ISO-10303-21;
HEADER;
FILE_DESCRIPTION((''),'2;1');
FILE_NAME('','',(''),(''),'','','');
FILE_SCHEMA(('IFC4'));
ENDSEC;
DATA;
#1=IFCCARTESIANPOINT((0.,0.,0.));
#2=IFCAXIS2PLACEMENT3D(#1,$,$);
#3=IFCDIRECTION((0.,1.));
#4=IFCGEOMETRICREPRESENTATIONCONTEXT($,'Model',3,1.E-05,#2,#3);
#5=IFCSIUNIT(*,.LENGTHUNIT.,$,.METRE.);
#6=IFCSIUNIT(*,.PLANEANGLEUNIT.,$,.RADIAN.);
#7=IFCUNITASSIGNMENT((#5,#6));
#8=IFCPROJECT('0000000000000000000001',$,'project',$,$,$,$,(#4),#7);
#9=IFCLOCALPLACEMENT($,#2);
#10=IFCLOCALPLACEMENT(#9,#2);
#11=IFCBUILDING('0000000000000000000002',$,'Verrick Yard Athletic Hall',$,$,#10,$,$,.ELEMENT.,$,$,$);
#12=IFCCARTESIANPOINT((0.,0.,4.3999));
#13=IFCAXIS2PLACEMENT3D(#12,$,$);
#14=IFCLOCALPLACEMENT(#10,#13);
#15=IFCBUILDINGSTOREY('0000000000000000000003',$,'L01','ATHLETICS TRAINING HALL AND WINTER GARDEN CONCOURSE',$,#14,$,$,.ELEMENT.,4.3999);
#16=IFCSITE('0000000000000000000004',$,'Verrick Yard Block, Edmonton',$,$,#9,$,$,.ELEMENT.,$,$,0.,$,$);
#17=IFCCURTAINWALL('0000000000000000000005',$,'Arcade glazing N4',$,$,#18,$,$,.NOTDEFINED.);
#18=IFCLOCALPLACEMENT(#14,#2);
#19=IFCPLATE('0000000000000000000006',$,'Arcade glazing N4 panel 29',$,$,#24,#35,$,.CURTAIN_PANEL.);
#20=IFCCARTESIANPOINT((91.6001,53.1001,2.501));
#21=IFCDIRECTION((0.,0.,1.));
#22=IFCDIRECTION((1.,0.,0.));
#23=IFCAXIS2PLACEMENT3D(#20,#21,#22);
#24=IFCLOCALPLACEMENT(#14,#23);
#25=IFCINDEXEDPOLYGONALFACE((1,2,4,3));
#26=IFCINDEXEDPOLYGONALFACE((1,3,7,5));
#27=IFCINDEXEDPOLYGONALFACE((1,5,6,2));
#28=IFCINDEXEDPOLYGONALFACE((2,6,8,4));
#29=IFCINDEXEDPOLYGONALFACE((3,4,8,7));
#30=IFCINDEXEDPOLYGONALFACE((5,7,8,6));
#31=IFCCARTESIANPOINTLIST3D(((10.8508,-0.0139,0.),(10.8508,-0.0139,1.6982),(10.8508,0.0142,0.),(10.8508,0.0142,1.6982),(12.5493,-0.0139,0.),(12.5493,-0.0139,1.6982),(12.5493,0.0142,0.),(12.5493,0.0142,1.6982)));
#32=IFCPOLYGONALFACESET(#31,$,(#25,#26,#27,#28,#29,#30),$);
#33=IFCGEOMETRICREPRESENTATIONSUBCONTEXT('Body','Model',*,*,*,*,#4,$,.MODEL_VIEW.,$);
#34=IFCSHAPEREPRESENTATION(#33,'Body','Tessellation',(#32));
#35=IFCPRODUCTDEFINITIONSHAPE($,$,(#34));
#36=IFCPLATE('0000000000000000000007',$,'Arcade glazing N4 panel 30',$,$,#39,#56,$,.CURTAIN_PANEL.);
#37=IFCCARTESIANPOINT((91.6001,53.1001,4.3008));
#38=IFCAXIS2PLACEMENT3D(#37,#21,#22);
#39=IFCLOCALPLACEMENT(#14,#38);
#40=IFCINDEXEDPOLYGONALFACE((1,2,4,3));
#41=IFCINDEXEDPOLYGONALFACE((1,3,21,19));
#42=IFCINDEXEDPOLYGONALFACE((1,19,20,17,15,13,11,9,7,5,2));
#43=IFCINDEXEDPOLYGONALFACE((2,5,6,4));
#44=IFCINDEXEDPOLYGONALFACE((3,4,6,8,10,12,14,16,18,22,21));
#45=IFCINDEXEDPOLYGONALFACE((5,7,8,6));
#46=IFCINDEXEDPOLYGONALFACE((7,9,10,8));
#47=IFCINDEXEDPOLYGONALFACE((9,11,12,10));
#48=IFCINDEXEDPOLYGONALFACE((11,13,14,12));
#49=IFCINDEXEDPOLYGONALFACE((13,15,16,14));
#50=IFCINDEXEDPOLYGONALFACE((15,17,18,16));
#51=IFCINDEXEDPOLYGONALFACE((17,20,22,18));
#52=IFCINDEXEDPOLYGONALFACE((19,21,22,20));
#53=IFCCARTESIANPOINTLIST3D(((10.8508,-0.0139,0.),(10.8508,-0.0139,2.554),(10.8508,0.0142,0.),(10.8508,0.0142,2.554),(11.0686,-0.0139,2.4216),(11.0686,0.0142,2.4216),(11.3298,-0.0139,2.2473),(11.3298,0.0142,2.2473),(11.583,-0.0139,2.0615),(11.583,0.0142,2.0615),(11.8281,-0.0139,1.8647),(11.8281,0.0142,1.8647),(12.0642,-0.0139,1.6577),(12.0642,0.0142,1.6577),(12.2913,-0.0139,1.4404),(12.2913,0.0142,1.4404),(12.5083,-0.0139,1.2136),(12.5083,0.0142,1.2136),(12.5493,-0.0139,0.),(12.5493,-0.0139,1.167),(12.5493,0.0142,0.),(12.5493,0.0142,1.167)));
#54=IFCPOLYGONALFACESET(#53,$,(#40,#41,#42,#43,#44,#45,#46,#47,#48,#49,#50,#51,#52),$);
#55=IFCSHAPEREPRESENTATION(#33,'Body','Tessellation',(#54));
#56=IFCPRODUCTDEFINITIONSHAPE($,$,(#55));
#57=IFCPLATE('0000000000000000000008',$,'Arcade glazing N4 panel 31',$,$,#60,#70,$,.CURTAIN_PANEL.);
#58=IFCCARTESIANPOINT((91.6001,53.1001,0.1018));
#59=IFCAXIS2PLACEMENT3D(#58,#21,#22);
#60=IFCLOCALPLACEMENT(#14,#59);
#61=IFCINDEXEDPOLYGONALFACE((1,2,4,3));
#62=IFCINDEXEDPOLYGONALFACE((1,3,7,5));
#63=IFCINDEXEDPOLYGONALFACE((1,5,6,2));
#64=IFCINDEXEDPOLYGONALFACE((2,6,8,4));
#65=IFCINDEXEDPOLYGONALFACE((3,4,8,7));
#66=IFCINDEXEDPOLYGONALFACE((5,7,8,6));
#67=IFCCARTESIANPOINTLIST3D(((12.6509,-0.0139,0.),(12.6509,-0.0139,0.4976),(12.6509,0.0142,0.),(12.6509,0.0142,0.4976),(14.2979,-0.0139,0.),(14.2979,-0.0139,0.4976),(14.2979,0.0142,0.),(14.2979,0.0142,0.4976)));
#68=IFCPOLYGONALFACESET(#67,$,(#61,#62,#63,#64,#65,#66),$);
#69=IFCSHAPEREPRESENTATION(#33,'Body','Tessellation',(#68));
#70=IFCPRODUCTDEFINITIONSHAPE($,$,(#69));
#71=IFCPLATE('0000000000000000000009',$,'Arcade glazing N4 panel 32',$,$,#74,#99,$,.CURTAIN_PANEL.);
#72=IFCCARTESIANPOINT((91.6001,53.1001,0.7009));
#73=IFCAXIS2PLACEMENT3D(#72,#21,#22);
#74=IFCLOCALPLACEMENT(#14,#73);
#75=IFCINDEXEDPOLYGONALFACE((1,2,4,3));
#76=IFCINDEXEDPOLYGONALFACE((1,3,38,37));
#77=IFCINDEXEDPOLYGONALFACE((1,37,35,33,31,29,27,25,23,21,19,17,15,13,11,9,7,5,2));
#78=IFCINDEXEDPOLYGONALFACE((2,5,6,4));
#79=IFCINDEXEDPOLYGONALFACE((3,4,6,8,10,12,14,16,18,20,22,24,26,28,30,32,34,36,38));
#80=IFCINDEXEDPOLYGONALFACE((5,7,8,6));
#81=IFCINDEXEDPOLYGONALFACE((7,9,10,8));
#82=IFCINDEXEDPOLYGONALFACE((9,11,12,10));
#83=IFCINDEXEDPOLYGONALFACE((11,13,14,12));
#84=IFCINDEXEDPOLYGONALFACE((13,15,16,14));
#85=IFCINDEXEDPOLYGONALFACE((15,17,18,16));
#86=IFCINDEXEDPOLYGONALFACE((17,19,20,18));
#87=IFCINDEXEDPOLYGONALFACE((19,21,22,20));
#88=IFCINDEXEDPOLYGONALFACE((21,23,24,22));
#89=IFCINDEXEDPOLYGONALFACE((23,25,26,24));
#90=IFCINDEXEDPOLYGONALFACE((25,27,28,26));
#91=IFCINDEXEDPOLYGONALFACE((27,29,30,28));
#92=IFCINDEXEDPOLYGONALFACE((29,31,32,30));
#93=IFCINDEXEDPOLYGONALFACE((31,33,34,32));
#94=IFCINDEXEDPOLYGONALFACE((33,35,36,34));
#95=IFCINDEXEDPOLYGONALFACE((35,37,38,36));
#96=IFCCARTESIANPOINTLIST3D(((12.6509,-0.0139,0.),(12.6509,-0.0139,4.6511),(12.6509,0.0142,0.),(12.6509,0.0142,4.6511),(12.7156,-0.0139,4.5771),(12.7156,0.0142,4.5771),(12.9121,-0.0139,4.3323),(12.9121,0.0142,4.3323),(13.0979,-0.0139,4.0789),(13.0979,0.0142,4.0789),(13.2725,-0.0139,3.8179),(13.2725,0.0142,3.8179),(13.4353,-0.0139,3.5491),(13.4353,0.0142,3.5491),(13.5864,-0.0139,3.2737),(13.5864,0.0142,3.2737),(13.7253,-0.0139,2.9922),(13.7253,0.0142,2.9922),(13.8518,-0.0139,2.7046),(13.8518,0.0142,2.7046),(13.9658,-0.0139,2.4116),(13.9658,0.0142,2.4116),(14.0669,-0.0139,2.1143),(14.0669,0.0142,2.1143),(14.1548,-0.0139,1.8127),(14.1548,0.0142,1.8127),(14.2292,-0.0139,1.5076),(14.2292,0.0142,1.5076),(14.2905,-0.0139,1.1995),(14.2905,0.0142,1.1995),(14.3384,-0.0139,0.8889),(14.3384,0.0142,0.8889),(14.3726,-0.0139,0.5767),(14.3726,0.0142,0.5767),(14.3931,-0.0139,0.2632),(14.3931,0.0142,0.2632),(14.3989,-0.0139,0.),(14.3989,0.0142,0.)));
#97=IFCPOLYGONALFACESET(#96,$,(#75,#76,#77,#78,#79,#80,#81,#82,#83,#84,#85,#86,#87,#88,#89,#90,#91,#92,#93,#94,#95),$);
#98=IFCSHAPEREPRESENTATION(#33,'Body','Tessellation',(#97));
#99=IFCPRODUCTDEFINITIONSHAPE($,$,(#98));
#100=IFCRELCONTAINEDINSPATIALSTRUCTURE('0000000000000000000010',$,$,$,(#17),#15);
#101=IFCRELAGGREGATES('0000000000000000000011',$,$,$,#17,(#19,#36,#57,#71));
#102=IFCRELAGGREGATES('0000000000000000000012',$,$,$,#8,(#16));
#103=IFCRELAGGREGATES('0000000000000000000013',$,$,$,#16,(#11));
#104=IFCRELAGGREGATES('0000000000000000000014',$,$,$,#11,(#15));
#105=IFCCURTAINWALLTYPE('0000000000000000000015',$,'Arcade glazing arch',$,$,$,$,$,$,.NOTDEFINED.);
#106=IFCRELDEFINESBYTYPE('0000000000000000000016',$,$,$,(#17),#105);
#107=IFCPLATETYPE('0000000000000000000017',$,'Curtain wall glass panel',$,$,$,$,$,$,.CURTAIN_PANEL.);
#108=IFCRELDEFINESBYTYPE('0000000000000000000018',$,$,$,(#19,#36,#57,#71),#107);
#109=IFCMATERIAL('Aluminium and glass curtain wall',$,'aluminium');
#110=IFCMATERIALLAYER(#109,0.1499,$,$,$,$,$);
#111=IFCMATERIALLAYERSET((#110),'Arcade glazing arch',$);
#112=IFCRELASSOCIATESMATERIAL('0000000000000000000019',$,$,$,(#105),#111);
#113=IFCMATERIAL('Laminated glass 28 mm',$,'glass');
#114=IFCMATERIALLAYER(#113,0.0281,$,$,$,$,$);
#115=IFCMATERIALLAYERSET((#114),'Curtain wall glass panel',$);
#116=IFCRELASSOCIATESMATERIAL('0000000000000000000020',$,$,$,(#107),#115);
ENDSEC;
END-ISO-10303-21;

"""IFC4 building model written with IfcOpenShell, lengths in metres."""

from ifc_helpers import new_model, si_unit, direction, frame, origin, place, context, subcontext, project, spatial, polyline, outline, extrude, material, layer, layer_set, type_object, element, aggregate, save


model = new_model("IFC4")

# Units and contexts
model_context = context("Model", 3, precision=1e-05, world=origin(), true_north=direction((0.0, 1.0)))
body_context = subcontext(model_context, "Body", "Model", "MODEL_VIEW")
ifc_project = project(units=[si_unit("LENGTHUNIT", "METRE"), si_unit("PLANEANGLEUNIT", "RADIAN")], contexts=[model_context])

# Site, building, storey
site_placement = place(None, origin())
site = spatial("IfcSite", under=ifc_project, at=site_placement, Name="Verrick Yard Block, Edmonton", CompositionType="ELEMENT", RefElevation=0.0)
building_placement = place(site_placement, origin())
building = spatial("IfcBuilding", under=site, at=building_placement, Name="Verrick Yard Athletic Hall", CompositionType="ELEMENT")
storey_placement = place(building_placement, frame((0.0, 0.0, 4.3999)))
storey = spatial("IfcBuildingStorey", under=building, at=storey_placement, Name="L01", Description="ATHLETICS TRAINING HALL AND WINTER GARDEN CONCOURSE", CompositionType="ELEMENT", Elevation=4.3999)

# Curtain wall, plates
ifc_material_1 = material(Name="Aluminium and glass curtain wall", Category="aluminium")
ifc_layer_1 = layer(ifc_material_1, 0.1499)
ifc_layer_set_1 = layer_set([ifc_layer_1], Name="Arcade glazing arch")
curtain_wall_type = type_object("IfcCurtainWallType", Name="Arcade glazing arch", PredefinedType="NOTDEFINED", material=ifc_layer_set_1)
curtain_wall_placement = place(storey_placement, origin())
curtain_wall = element("IfcCurtainWall", 1, at=curtain_wall_placement, inside=storey, type_object=curtain_wall_type, Name="Arcade glazing N4", PredefinedType="NOTDEFINED")
ifc_material_2 = material(Name="Laminated glass 28 mm", Category="glass")
ifc_layer_2 = layer(ifc_material_2, 0.0281)
ifc_layer_set_2 = layer_set([ifc_layer_2], Name="Curtain wall glass panel")
plate_type = type_object("IfcPlateType", Name="Curtain wall glass panel", PredefinedType="CURTAIN_PANEL", material=ifc_layer_set_2)
plate_1_placement = place(storey_placement, frame((91.6001, 53.1001, 2.501), z_axis=(0.0, 0.0, 1.0), x_axis=(1.0, 0.0, 0.0)))
plate_1 = element("IfcPlate", 2, at=plate_1_placement, type_object=plate_type, Name="Arcade glazing N4 panel 29", PredefinedType="CURTAIN_PANEL", context=body_context, shape_type="SweptSolid", body=[
    extrude(outline(polyline([(12.5493, 0.0), (12.5493, 1.6982), (10.8508, 1.6982), (10.8508, 0.0), (12.5493, 0.0)])), frame((0.0, 0.0142, 0.0), z_axis=(0.0, -1.0, 0.0), x_axis=(1.0, 0.0, 0.0)), (0.0, 0.0, 1.0), 0.0281),
])
plate_2_placement = place(storey_placement, frame((91.6001, 53.1001, 4.3008), z_axis=(0.0, 0.0, 1.0), x_axis=(1.0, 0.0, 0.0)))
plate_2 = element("IfcPlate", 3, at=plate_2_placement, type_object=plate_type, Name="Arcade glazing N4 panel 30", PredefinedType="CURTAIN_PANEL", context=body_context, shape_type="SweptSolid", body=[
    extrude(outline(polyline([(12.5493, 1.167), (12.5083, 1.2136), (12.2913, 1.4404), (12.0642, 1.6577), (11.8281, 1.8647), (11.583, 2.0615), (11.3298, 2.2473), (11.0686, 2.4216), (10.8508, 2.554), (10.8508, 0.0), (12.5493, 0.0), (12.5493, 1.167)])), frame((0.0, 0.0142, 0.0), z_axis=(0.0, -1.0, 0.0), x_axis=(1.0, 0.0, 0.0)), (0.0, 0.0, 1.0), 0.0281),
])
plate_3_placement = place(storey_placement, frame((91.6001, 53.1001, 0.1018), z_axis=(0.0, 0.0, 1.0), x_axis=(1.0, 0.0, 0.0)))
plate_3 = element("IfcPlate", 4, at=plate_3_placement, type_object=plate_type, Name="Arcade glazing N4 panel 31", PredefinedType="CURTAIN_PANEL", context=body_context, shape_type="SweptSolid", body=[
    extrude(outline(polyline([(14.2979, 0.0), (14.2979, 0.4976), (12.6509, 0.4976), (12.6509, 0.0), (14.2979, 0.0)])), frame((0.0, 0.0142, 0.0), z_axis=(0.0, -1.0, 0.0), x_axis=(1.0, 0.0, 0.0)), (0.0, 0.0, 1.0), 0.0281),
])
plate_4_placement = place(storey_placement, frame((91.6001, 53.1001, 0.7009), z_axis=(0.0, 0.0, 1.0), x_axis=(1.0, 0.0, 0.0)))
plate_4 = element("IfcPlate", 5, at=plate_4_placement, type_object=plate_type, Name="Arcade glazing N4 panel 32", PredefinedType="CURTAIN_PANEL", context=body_context, shape_type="SweptSolid", body=[
    extrude(outline(polyline([(14.3989, 0.0), (14.3931, 0.2632), (14.3726, 0.5767), (14.3384, 0.8889), (14.2905, 1.1995), (14.2292, 1.5076), (14.1548, 1.8127), (14.0669, 2.1143), (13.9658, 2.4116), (13.8518, 2.7046), (13.7253, 2.9922), (13.5864, 3.2737), (13.4353, 3.5491), (13.2725, 3.8179), (13.0979, 4.0789), (12.9121, 4.3323), (12.7156, 4.5771), (12.6509, 4.6511), (12.6509, 0.0), (14.3989, 0.0)])), frame((0.0, 0.0142, 0.0), z_axis=(0.0, -1.0, 0.0), x_axis=(1.0, 0.0, 0.0)), (0.0, 0.0, 1.0), 0.0281),
])
aggregate(curtain_wall, [plate_1, plate_2, plate_3, plate_4])

save(model, "model.ifc")
